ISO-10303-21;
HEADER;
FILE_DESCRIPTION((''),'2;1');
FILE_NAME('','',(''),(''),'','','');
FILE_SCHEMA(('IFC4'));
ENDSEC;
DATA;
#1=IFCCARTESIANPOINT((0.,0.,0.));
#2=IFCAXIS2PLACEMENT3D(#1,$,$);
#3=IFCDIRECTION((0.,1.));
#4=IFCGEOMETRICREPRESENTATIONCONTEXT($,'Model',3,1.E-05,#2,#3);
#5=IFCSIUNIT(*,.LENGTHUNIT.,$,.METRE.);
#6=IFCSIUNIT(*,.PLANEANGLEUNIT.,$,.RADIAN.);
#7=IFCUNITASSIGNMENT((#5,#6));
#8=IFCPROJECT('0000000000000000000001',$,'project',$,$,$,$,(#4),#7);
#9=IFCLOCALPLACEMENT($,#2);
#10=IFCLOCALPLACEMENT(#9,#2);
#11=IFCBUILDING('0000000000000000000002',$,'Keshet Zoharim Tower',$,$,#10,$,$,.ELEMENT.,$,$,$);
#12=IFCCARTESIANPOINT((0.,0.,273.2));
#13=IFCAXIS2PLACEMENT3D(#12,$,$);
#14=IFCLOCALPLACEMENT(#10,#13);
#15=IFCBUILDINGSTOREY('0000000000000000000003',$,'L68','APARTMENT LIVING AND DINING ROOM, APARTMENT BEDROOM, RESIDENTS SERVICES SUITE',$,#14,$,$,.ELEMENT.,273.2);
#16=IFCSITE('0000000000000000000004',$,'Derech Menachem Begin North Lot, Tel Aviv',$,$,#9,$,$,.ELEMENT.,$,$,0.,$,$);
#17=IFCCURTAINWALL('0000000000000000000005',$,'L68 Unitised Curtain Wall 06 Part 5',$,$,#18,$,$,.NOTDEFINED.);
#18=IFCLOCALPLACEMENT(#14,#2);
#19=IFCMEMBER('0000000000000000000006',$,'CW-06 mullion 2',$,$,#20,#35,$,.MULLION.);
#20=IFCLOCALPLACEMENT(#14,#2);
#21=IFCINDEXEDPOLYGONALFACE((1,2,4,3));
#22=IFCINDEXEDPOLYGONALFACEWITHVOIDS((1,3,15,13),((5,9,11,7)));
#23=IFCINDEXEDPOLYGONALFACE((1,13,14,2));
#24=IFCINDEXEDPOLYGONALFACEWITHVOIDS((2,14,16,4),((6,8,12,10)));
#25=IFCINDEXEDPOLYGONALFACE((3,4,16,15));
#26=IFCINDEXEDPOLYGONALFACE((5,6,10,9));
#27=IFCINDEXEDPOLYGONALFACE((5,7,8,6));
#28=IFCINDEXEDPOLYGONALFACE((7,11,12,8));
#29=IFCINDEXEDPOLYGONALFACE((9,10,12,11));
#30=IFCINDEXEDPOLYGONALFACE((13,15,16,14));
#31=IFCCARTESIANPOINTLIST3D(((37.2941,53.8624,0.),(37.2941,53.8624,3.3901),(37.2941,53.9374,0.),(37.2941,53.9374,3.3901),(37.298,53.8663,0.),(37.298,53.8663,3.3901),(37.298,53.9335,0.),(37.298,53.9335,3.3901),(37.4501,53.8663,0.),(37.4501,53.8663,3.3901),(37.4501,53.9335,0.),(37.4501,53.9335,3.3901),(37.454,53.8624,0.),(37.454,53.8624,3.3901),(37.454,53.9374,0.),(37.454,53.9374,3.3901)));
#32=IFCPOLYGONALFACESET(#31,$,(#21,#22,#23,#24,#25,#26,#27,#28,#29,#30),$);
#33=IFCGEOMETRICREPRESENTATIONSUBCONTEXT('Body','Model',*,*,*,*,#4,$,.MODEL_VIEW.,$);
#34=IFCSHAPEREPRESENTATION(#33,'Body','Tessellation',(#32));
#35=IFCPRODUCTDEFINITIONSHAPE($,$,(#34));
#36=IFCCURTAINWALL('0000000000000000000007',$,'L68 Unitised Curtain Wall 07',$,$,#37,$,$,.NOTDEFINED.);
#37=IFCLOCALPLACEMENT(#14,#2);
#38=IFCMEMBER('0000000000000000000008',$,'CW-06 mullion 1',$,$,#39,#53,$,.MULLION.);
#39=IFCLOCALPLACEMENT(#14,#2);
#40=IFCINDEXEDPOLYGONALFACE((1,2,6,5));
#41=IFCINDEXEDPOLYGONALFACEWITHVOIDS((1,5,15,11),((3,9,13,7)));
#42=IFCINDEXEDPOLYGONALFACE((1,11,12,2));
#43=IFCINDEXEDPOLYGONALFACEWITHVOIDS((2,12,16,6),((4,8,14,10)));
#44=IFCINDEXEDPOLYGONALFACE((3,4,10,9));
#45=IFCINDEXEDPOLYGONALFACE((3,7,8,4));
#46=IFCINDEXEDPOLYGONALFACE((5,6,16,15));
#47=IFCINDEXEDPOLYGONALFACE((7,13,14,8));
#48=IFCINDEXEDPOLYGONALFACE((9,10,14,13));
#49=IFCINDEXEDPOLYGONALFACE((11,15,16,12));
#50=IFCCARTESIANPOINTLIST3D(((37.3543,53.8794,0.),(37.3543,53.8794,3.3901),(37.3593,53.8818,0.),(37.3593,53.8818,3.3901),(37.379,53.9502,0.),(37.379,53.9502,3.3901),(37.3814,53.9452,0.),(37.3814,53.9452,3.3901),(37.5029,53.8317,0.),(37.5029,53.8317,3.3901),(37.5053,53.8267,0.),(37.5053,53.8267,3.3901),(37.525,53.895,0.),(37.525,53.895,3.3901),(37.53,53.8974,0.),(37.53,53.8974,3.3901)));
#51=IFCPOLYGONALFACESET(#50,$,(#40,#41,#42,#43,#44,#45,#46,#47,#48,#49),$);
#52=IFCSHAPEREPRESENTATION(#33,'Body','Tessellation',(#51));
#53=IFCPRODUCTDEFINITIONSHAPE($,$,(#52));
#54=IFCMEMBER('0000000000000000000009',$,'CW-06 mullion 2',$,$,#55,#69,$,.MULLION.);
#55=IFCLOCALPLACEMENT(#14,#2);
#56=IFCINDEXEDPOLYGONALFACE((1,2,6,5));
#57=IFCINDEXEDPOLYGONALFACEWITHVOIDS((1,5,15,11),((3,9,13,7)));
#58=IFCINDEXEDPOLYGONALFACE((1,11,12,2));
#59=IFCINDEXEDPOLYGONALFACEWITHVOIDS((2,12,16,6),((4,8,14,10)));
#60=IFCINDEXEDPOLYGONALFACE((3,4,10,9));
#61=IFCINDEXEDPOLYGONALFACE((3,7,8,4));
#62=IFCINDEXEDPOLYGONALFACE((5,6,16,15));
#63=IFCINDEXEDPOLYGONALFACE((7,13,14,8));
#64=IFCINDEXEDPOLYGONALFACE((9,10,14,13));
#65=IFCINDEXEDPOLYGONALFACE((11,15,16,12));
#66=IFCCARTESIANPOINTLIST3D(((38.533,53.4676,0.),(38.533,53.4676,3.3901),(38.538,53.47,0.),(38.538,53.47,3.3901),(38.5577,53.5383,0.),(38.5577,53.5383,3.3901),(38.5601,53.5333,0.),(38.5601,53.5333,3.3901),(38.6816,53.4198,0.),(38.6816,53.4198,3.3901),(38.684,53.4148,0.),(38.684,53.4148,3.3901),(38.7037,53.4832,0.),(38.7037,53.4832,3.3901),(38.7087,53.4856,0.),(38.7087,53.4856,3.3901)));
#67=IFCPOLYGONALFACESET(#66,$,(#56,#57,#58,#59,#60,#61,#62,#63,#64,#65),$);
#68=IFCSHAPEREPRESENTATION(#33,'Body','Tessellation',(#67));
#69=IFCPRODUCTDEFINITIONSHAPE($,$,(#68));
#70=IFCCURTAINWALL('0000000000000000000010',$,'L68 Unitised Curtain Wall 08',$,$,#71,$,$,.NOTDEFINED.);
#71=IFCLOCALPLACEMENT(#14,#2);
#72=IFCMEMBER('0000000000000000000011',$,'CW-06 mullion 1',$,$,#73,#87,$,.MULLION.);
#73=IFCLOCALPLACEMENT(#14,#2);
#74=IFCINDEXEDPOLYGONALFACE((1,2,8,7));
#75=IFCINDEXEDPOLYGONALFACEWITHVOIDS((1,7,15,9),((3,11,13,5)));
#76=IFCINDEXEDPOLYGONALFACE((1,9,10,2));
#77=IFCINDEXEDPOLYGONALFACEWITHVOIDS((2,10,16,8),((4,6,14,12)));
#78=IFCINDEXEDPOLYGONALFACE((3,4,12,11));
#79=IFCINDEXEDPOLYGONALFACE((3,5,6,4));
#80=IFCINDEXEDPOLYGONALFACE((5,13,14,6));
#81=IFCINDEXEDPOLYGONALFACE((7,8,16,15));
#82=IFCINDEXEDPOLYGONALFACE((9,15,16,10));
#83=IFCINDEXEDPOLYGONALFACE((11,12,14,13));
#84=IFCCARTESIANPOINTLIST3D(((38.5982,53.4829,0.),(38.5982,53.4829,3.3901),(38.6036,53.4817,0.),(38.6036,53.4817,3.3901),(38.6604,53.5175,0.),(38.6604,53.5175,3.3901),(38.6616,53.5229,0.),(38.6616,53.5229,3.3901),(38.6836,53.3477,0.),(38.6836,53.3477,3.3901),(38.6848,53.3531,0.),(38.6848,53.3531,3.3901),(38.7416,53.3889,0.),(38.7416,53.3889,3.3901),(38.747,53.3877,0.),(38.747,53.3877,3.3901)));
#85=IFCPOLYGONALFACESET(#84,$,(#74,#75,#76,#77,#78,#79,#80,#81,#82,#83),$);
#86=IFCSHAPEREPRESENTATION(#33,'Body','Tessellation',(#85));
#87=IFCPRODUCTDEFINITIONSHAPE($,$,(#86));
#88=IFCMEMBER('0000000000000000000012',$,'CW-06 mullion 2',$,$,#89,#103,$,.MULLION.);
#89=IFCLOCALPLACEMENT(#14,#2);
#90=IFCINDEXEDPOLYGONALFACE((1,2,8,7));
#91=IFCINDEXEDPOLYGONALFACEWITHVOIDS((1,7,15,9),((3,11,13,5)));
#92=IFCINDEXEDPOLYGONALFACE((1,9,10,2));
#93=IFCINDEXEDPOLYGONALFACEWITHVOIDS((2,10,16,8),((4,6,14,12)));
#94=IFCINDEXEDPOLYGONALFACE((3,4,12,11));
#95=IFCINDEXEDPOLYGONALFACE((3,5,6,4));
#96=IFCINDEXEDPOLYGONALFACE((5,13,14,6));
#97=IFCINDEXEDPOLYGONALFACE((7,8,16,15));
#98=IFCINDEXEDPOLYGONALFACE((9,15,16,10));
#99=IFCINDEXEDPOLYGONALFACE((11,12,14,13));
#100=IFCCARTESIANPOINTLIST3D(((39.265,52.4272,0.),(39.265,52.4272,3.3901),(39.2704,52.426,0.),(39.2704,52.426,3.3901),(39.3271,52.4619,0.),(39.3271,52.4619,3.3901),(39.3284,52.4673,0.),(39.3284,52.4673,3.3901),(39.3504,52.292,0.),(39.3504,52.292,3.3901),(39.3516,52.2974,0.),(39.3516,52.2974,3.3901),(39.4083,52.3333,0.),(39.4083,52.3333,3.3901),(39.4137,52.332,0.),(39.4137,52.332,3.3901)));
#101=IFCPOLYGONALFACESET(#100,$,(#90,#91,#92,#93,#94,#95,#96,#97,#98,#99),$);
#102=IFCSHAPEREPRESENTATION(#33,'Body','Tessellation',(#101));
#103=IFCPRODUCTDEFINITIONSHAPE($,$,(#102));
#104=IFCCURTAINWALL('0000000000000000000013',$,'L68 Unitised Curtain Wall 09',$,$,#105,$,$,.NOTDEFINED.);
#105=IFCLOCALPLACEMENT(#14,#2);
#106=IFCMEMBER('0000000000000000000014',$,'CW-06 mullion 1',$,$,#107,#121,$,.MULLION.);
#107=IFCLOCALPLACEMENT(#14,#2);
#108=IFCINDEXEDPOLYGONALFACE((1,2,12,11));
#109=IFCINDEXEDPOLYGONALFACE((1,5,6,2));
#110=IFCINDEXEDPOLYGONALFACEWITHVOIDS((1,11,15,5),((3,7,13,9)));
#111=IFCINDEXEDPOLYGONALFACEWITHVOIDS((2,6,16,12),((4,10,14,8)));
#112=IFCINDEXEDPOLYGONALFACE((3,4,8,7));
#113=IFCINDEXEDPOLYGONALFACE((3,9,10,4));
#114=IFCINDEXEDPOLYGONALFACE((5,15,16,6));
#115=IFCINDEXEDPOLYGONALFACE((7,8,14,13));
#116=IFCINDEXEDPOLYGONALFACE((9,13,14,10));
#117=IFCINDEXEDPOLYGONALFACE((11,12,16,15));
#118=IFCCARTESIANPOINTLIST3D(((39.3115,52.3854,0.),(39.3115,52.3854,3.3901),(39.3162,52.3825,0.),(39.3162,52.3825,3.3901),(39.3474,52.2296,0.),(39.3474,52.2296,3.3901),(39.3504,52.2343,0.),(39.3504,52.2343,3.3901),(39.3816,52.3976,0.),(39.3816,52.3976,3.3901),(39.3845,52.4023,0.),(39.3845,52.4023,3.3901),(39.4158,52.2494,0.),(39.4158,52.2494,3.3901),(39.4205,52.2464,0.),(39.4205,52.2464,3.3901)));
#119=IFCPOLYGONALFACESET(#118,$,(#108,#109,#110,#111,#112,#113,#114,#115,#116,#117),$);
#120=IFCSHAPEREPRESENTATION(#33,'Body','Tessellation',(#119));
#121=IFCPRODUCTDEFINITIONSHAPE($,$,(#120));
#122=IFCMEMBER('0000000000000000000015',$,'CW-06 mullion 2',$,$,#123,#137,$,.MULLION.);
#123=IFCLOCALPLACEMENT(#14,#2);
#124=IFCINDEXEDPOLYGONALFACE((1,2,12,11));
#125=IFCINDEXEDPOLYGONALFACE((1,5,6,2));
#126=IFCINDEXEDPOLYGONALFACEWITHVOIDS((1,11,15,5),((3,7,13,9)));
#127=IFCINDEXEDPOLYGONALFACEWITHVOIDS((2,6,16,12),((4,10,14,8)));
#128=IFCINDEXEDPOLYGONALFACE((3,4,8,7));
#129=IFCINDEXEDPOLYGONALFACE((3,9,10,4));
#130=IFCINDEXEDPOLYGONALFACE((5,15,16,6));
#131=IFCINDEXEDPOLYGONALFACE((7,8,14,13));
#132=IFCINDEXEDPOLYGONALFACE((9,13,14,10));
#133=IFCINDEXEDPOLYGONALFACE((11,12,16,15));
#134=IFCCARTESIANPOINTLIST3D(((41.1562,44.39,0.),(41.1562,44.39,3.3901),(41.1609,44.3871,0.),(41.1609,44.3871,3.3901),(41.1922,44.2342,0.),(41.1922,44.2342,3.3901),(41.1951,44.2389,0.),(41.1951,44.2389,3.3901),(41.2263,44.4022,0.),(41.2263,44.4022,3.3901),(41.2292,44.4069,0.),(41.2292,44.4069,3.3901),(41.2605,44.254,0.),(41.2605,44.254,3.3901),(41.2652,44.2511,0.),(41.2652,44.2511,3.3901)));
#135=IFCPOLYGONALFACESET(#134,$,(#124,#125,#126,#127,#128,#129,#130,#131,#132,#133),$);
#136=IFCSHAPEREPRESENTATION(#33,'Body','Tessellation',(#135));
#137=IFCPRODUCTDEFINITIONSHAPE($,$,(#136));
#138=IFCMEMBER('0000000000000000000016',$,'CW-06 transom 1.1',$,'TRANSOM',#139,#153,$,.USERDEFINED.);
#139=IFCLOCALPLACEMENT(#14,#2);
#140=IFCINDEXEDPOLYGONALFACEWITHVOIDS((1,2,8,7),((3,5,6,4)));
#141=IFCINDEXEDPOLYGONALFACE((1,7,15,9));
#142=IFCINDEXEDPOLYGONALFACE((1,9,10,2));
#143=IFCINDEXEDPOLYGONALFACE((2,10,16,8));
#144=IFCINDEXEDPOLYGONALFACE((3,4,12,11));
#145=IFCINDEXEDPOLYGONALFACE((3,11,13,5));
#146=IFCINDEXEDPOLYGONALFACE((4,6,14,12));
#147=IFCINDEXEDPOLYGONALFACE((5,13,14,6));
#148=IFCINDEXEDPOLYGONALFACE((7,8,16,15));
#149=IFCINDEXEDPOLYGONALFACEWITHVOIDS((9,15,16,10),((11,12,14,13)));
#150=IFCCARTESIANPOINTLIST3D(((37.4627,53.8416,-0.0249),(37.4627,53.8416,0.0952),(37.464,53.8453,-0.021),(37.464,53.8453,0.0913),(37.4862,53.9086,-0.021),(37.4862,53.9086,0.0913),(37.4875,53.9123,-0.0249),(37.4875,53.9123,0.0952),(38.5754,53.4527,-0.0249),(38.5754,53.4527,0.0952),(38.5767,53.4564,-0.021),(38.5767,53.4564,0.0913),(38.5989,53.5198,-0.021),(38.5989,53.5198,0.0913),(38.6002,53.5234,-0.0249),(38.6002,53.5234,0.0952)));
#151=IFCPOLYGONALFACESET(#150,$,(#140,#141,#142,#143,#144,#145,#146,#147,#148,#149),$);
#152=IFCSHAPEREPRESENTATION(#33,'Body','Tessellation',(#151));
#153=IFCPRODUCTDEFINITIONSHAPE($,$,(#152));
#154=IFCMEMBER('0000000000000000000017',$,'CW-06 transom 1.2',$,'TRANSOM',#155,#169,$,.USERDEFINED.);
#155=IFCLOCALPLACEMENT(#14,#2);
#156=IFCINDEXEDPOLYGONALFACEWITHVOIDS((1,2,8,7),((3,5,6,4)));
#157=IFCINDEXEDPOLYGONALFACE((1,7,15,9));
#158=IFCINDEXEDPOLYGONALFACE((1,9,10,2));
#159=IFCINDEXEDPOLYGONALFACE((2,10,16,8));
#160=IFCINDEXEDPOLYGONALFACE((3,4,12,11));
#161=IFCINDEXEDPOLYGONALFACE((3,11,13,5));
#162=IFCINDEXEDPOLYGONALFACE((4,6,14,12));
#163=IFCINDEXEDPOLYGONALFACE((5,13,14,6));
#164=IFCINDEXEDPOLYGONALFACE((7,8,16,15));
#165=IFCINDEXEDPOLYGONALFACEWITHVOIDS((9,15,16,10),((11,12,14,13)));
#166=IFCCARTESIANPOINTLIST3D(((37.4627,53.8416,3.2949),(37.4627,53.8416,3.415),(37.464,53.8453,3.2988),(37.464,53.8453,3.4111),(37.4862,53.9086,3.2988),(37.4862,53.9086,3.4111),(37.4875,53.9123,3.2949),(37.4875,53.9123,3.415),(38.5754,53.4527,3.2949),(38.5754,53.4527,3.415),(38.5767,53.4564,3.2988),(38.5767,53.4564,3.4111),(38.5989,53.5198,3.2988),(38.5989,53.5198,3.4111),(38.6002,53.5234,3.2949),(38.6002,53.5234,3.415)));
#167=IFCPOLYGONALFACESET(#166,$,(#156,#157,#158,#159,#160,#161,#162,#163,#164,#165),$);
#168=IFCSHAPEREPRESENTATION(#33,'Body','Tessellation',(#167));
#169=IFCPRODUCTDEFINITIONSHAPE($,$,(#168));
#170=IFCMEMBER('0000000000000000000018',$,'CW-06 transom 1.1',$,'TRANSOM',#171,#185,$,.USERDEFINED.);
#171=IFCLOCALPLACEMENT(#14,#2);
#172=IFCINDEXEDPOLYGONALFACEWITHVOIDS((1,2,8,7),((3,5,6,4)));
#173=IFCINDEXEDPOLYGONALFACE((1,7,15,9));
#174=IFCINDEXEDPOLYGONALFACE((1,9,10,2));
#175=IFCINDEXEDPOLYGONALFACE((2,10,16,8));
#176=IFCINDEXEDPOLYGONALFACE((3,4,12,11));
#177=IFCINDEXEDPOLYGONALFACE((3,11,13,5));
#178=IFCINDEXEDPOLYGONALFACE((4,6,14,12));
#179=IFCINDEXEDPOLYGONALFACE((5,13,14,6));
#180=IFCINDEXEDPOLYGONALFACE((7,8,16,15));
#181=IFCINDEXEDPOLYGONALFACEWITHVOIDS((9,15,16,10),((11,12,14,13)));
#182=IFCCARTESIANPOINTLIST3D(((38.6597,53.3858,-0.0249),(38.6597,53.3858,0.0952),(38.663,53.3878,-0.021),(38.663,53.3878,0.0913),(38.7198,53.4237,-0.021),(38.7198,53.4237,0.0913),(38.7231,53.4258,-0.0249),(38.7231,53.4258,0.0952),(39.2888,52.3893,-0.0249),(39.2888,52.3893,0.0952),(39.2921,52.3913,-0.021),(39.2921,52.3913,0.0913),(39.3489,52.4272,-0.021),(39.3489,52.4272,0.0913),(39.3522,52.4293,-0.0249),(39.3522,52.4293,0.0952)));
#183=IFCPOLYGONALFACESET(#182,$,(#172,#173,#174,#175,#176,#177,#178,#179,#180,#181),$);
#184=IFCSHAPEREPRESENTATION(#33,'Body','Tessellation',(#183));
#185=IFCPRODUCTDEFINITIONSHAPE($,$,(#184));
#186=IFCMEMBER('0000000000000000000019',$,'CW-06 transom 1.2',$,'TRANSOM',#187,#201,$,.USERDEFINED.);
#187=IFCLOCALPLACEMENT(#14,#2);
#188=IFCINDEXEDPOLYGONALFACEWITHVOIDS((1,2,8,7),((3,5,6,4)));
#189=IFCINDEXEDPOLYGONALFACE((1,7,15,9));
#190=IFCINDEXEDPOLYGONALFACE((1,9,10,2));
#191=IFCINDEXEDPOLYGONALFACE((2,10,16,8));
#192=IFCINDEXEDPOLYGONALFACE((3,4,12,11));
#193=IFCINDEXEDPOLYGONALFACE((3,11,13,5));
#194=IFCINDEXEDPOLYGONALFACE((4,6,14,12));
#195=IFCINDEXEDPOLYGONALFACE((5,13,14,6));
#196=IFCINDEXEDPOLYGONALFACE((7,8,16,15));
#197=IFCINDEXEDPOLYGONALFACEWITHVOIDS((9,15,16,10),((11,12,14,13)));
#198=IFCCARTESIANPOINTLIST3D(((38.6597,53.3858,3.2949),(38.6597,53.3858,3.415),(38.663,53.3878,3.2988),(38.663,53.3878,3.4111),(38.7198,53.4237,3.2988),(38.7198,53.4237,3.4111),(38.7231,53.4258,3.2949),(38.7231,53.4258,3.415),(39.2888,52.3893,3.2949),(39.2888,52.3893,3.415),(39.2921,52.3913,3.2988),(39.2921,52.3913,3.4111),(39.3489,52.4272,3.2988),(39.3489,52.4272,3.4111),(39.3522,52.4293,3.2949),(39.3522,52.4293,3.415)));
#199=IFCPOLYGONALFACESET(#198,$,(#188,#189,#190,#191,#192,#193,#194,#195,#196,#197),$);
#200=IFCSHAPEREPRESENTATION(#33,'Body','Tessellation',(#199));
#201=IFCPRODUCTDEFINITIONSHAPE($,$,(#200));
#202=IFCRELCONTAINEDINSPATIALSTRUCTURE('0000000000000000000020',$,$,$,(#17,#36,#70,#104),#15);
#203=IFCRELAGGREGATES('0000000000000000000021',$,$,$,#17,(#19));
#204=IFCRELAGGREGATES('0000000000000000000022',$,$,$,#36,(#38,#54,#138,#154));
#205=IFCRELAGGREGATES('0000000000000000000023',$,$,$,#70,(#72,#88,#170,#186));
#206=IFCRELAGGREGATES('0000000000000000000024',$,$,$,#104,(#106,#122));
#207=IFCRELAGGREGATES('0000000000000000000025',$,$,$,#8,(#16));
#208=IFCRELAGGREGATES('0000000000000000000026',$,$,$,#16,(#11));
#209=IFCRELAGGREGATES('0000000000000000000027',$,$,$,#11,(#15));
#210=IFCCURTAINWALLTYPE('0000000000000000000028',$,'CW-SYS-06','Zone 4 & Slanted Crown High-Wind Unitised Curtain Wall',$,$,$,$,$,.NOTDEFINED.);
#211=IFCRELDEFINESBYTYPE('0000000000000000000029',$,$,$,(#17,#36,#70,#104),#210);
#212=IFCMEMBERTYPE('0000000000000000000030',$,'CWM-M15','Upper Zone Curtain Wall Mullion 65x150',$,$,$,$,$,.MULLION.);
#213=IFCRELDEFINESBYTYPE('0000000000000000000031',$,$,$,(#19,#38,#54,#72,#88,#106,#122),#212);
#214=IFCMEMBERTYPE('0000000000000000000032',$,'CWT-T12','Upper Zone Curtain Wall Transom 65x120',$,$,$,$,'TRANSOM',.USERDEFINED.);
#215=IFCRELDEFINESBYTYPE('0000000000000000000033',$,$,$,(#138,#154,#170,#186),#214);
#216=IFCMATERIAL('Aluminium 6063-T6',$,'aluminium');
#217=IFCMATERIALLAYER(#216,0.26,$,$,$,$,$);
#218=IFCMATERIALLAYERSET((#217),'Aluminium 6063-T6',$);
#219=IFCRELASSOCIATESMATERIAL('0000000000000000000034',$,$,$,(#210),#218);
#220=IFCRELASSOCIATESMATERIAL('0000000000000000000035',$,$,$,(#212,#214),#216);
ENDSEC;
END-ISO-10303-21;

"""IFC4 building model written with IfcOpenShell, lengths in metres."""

from ifc_helpers import new_model, si_unit, direction, frame, origin, origin_2d, place, context, subcontext, project, spatial, hollow_rectangle, extrude, material, layer, layer_set, material_profile, profile_set, type_object, element, aggregate, save


model = new_model("IFC4")

# Units and contexts
model_context = context("Model", 3, precision=1e-05, world=origin(), true_north=direction((0.0, 1.0)))
body_context = subcontext(model_context, "Body", "Model", "MODEL_VIEW")
ifc_project = project(units=[si_unit("LENGTHUNIT", "METRE"), si_unit("PLANEANGLEUNIT", "RADIAN")], contexts=[model_context])

# Site, building, storey
site_placement = place(None, origin())
site = spatial("IfcSite", under=ifc_project, at=site_placement, Name="Derech Menachem Begin North Lot, Tel Aviv", CompositionType="ELEMENT", RefElevation=0.0)
building_placement = place(site_placement, origin())
building = spatial("IfcBuilding", under=site, at=building_placement, Name="Keshet Zoharim Tower", CompositionType="ELEMENT")
storey_placement = place(building_placement, frame((0.0, 0.0, 273.2)))
storey = spatial("IfcBuildingStorey", under=building, at=storey_placement, Name="L68", Description="APARTMENT LIVING AND DINING ROOM, APARTMENT BEDROOM, RESIDENTS SERVICES SUITE", CompositionType="ELEMENT", Elevation=273.2)

# Curtain wall, member
ifc_material_1 = material(Name="Aluminium 6063-T6", Category="aluminium")
ifc_layer_1 = layer(ifc_material_1, 0.26)
ifc_layer_set_1 = layer_set([ifc_layer_1], Name="Aluminium 6063-T6")
curtain_wall_type = type_object("IfcCurtainWallType", Name="CW-SYS-06", Description="Zone 4 & Slanted Crown High-Wind Unitised Curtain Wall", PredefinedType="NOTDEFINED", material=ifc_layer_set_1)
curtain_wall_1_placement = place(storey_placement, origin())
curtain_wall_1 = element("IfcCurtainWall", 1, at=curtain_wall_1_placement, inside=storey, type_object=curtain_wall_type, Name="L68 Unitised Curtain Wall 06 Part 5", PredefinedType="NOTDEFINED")
ifc_material_profile_1 = material_profile(ifc_material_1, hollow_rectangle(XDim=0.075, YDim=0.1599, WallThickness=0.0039, at=origin_2d()), Name="MUL-75x160")
ifc_profile_set_1 = profile_set([ifc_material_profile_1], Name="Aluminium 6063-T6")
member_type_1 = type_object("IfcMemberType", Name="CWM-M15", Description="Upper Zone Curtain Wall Mullion 65x150", PredefinedType="MULLION", material=ifc_profile_set_1)
member_1_placement = place(storey_placement, frame((37.374, 53.8999, 0.0), z_axis=(0.0, 0.0, 1.0), x_axis=(0.0, 1.0, 0.0)))
member_1 = element("IfcMember", 2, at=member_1_placement, type_object=member_type_1, Name="CW-06 mullion 2", PredefinedType="MULLION", context=body_context, shape_type="SweptSolid", body=[
    extrude(hollow_rectangle(XDim=0.075, YDim=0.1599, WallThickness=0.0039, at=origin_2d()), origin(), (0.0, 0.0, 1.0), 3.3901),
])
aggregate(curtain_wall_1, [member_1])

# Curtain walls, members
curtain_wall_2_placement = place(storey_placement, origin())
curtain_wall_2 = element("IfcCurtainWall", 3, at=curtain_wall_2_placement, inside=storey, type_object=curtain_wall_type, Name="L68 Unitised Curtain Wall 07", PredefinedType="NOTDEFINED")
member_2_placement = place(storey_placement, frame((37.4421, 53.8884, 0.0), z_axis=(0.0, 0.0, 1.0), x_axis=(0.329844, 0.944036, 0.0)))
member_2 = element("IfcMember", 4, at=member_2_placement, type_object=member_type_1, Name="CW-06 mullion 1", PredefinedType="MULLION", context=body_context, shape_type="SweptSolid", body=[
    extrude(hollow_rectangle(XDim=0.075, YDim=0.1599, WallThickness=0.0039, at=origin_2d()), origin(), (0.0, 0.0, 1.0), 3.3901),
])
member_3_placement = place(storey_placement, frame((38.6208, 53.4766, 0.0), z_axis=(0.0, 0.0, 1.0), x_axis=(0.329844, 0.944036, 0.0)))
member_3 = element("IfcMember", 5, at=member_3_placement, type_object=member_type_1, Name="CW-06 mullion 2", PredefinedType="MULLION", context=body_context, shape_type="SweptSolid", body=[
    extrude(hollow_rectangle(XDim=0.075, YDim=0.1599, WallThickness=0.0039, at=origin_2d()), origin(), (0.0, 0.0, 1.0), 3.3901),
])
curtain_wall_3_placement = place(storey_placement, origin())
curtain_wall_3 = element("IfcCurtainWall", 6, at=curtain_wall_3_placement, inside=storey, type_object=curtain_wall_type, Name="L68 Unitised Curtain Wall 08", PredefinedType="NOTDEFINED")
member_4_placement = place(storey_placement, frame((38.6726, 53.4353, 0.0), z_axis=(0.0, 0.0, 1.0), x_axis=(0.845561, 0.533879, 0.0)))
member_4 = element("IfcMember", 7, at=member_4_placement, type_object=member_type_1, Name="CW-06 mullion 1", PredefinedType="MULLION", context=body_context, shape_type="SweptSolid", body=[
    extrude(hollow_rectangle(XDim=0.075, YDim=0.1599, WallThickness=0.0039, at=origin_2d()), origin(), (0.0, 0.0, 1.0), 3.3901),
])
member_5_placement = place(storey_placement, frame((39.3394, 52.3796, 0.0), z_axis=(0.0, 0.0, 1.0), x_axis=(0.845561, 0.533879, 0.0)))
member_5 = element("IfcMember", 8, at=member_5_placement, type_object=member_type_1, Name="CW-06 mullion 2", PredefinedType="MULLION", context=body_context, shape_type="SweptSolid", body=[
    extrude(hollow_rectangle(XDim=0.075, YDim=0.1599, WallThickness=0.0039, at=origin_2d()), origin(), (0.0, 0.0, 1.0), 3.3901),
])
curtain_wall_4_placement = place(storey_placement, origin())
curtain_wall_4 = element("IfcCurtainWall", 9, at=curtain_wall_4_placement, inside=storey, type_object=curtain_wall_type, Name="L68 Unitised Curtain Wall 09", PredefinedType="NOTDEFINED")
member_6_placement = place(storey_placement, frame((39.366, 52.3159, 0.0), z_axis=(0.0, 0.0, 1.0), x_axis=(0.974398, 0.22483, 0.0)))
member_6 = element("IfcMember", 10, at=member_6_placement, type_object=member_type_1, Name="CW-06 mullion 1", PredefinedType="MULLION", context=body_context, shape_type="SweptSolid", body=[
    extrude(hollow_rectangle(XDim=0.075, YDim=0.1599, WallThickness=0.0039, at=origin_2d()), origin(), (0.0, 0.0, 1.0), 3.3901),
])
member_7_placement = place(storey_placement, frame((41.2107, 44.3206, 0.0), z_axis=(0.0, 0.0, 1.0), x_axis=(0.974398, 0.22483, 0.0)))
member_7 = element("IfcMember", 11, at=member_7_placement, type_object=member_type_1, Name="CW-06 mullion 2", PredefinedType="MULLION", context=body_context, shape_type="SweptSolid", body=[
    extrude(hollow_rectangle(XDim=0.075, YDim=0.1599, WallThickness=0.0039, at=origin_2d()), origin(), (0.0, 0.0, 1.0), 3.3901),
])

# Members
ifc_material_profile_2 = material_profile(ifc_material_1, hollow_rectangle(XDim=0.075, YDim=0.1201, WallThickness=0.0039, at=origin_2d()), Name="TRN-75x120")
ifc_profile_set_2 = profile_set([ifc_material_profile_2], Name="Aluminium 6063-T6")
member_type_2 = type_object("IfcMemberType", Name="CWT-T12", Description="Upper Zone Curtain Wall Transom 65x120", ElementType="TRANSOM", PredefinedType="USERDEFINED", material=ifc_profile_set_2)
member_8_placement = place(storey_placement, frame((37.4751, 53.877, 0.0352), z_axis=(0.944007, -0.329926, 0.0), x_axis=(0.329926, 0.944007, 0.0)))
member_8 = element("IfcMember", 12, at=member_8_placement, type_object=member_type_2, Name="CW-06 transom 1.1", ObjectType="TRANSOM", PredefinedType="USERDEFINED", context=body_context, shape_type="SweptSolid", body=[
    extrude(hollow_rectangle(XDim=0.075, YDim=0.1201, WallThickness=0.0039, at=origin_2d()), origin(), (0.0, 0.0, 1.0), 1.1787),
])
member_9_placement = place(storey_placement, frame((37.4751, 53.877, 3.355), z_axis=(0.944007, -0.329926, 0.0), x_axis=(0.329926, 0.944007, 0.0)))
member_9 = element("IfcMember", 13, at=member_9_placement, type_object=member_type_2, Name="CW-06 transom 1.2", ObjectType="TRANSOM", PredefinedType="USERDEFINED", context=body_context, shape_type="SweptSolid", body=[
    extrude(hollow_rectangle(XDim=0.075, YDim=0.1201, WallThickness=0.0039, at=origin_2d()), origin(), (0.0, 0.0, 1.0), 1.1787),
])
member_10_placement = place(storey_placement, frame((38.6914, 53.4058, 0.0352), z_axis=(0.533829, -0.845592, 0.0), x_axis=(0.845592, 0.533829, 0.0)))
member_10 = element("IfcMember", 14, at=member_10_placement, type_object=member_type_2, Name="CW-06 transom 1.1", ObjectType="TRANSOM", PredefinedType="USERDEFINED", context=body_context, shape_type="SweptSolid", body=[
    extrude(hollow_rectangle(XDim=0.075, YDim=0.1201, WallThickness=0.0039, at=origin_2d()), origin(), (0.0, 0.0, 1.0), 1.1785),
])
member_11_placement = place(storey_placement, frame((38.6914, 53.4058, 3.355), z_axis=(0.533829, -0.845592, 0.0), x_axis=(0.845592, 0.533829, 0.0)))
member_11 = element("IfcMember", 15, at=member_11_placement, type_object=member_type_2, Name="CW-06 transom 1.2", ObjectType="TRANSOM", PredefinedType="USERDEFINED", context=body_context, shape_type="SweptSolid", body=[
    extrude(hollow_rectangle(XDim=0.075, YDim=0.1201, WallThickness=0.0039, at=origin_2d()), origin(), (0.0, 0.0, 1.0), 1.1785),
])

aggregate(curtain_wall_2, [member_2, member_3, member_8, member_9])
aggregate(curtain_wall_3, [member_4, member_5, member_10, member_11])
aggregate(curtain_wall_4, [member_6, member_7])

save(model, "model.ifc")
